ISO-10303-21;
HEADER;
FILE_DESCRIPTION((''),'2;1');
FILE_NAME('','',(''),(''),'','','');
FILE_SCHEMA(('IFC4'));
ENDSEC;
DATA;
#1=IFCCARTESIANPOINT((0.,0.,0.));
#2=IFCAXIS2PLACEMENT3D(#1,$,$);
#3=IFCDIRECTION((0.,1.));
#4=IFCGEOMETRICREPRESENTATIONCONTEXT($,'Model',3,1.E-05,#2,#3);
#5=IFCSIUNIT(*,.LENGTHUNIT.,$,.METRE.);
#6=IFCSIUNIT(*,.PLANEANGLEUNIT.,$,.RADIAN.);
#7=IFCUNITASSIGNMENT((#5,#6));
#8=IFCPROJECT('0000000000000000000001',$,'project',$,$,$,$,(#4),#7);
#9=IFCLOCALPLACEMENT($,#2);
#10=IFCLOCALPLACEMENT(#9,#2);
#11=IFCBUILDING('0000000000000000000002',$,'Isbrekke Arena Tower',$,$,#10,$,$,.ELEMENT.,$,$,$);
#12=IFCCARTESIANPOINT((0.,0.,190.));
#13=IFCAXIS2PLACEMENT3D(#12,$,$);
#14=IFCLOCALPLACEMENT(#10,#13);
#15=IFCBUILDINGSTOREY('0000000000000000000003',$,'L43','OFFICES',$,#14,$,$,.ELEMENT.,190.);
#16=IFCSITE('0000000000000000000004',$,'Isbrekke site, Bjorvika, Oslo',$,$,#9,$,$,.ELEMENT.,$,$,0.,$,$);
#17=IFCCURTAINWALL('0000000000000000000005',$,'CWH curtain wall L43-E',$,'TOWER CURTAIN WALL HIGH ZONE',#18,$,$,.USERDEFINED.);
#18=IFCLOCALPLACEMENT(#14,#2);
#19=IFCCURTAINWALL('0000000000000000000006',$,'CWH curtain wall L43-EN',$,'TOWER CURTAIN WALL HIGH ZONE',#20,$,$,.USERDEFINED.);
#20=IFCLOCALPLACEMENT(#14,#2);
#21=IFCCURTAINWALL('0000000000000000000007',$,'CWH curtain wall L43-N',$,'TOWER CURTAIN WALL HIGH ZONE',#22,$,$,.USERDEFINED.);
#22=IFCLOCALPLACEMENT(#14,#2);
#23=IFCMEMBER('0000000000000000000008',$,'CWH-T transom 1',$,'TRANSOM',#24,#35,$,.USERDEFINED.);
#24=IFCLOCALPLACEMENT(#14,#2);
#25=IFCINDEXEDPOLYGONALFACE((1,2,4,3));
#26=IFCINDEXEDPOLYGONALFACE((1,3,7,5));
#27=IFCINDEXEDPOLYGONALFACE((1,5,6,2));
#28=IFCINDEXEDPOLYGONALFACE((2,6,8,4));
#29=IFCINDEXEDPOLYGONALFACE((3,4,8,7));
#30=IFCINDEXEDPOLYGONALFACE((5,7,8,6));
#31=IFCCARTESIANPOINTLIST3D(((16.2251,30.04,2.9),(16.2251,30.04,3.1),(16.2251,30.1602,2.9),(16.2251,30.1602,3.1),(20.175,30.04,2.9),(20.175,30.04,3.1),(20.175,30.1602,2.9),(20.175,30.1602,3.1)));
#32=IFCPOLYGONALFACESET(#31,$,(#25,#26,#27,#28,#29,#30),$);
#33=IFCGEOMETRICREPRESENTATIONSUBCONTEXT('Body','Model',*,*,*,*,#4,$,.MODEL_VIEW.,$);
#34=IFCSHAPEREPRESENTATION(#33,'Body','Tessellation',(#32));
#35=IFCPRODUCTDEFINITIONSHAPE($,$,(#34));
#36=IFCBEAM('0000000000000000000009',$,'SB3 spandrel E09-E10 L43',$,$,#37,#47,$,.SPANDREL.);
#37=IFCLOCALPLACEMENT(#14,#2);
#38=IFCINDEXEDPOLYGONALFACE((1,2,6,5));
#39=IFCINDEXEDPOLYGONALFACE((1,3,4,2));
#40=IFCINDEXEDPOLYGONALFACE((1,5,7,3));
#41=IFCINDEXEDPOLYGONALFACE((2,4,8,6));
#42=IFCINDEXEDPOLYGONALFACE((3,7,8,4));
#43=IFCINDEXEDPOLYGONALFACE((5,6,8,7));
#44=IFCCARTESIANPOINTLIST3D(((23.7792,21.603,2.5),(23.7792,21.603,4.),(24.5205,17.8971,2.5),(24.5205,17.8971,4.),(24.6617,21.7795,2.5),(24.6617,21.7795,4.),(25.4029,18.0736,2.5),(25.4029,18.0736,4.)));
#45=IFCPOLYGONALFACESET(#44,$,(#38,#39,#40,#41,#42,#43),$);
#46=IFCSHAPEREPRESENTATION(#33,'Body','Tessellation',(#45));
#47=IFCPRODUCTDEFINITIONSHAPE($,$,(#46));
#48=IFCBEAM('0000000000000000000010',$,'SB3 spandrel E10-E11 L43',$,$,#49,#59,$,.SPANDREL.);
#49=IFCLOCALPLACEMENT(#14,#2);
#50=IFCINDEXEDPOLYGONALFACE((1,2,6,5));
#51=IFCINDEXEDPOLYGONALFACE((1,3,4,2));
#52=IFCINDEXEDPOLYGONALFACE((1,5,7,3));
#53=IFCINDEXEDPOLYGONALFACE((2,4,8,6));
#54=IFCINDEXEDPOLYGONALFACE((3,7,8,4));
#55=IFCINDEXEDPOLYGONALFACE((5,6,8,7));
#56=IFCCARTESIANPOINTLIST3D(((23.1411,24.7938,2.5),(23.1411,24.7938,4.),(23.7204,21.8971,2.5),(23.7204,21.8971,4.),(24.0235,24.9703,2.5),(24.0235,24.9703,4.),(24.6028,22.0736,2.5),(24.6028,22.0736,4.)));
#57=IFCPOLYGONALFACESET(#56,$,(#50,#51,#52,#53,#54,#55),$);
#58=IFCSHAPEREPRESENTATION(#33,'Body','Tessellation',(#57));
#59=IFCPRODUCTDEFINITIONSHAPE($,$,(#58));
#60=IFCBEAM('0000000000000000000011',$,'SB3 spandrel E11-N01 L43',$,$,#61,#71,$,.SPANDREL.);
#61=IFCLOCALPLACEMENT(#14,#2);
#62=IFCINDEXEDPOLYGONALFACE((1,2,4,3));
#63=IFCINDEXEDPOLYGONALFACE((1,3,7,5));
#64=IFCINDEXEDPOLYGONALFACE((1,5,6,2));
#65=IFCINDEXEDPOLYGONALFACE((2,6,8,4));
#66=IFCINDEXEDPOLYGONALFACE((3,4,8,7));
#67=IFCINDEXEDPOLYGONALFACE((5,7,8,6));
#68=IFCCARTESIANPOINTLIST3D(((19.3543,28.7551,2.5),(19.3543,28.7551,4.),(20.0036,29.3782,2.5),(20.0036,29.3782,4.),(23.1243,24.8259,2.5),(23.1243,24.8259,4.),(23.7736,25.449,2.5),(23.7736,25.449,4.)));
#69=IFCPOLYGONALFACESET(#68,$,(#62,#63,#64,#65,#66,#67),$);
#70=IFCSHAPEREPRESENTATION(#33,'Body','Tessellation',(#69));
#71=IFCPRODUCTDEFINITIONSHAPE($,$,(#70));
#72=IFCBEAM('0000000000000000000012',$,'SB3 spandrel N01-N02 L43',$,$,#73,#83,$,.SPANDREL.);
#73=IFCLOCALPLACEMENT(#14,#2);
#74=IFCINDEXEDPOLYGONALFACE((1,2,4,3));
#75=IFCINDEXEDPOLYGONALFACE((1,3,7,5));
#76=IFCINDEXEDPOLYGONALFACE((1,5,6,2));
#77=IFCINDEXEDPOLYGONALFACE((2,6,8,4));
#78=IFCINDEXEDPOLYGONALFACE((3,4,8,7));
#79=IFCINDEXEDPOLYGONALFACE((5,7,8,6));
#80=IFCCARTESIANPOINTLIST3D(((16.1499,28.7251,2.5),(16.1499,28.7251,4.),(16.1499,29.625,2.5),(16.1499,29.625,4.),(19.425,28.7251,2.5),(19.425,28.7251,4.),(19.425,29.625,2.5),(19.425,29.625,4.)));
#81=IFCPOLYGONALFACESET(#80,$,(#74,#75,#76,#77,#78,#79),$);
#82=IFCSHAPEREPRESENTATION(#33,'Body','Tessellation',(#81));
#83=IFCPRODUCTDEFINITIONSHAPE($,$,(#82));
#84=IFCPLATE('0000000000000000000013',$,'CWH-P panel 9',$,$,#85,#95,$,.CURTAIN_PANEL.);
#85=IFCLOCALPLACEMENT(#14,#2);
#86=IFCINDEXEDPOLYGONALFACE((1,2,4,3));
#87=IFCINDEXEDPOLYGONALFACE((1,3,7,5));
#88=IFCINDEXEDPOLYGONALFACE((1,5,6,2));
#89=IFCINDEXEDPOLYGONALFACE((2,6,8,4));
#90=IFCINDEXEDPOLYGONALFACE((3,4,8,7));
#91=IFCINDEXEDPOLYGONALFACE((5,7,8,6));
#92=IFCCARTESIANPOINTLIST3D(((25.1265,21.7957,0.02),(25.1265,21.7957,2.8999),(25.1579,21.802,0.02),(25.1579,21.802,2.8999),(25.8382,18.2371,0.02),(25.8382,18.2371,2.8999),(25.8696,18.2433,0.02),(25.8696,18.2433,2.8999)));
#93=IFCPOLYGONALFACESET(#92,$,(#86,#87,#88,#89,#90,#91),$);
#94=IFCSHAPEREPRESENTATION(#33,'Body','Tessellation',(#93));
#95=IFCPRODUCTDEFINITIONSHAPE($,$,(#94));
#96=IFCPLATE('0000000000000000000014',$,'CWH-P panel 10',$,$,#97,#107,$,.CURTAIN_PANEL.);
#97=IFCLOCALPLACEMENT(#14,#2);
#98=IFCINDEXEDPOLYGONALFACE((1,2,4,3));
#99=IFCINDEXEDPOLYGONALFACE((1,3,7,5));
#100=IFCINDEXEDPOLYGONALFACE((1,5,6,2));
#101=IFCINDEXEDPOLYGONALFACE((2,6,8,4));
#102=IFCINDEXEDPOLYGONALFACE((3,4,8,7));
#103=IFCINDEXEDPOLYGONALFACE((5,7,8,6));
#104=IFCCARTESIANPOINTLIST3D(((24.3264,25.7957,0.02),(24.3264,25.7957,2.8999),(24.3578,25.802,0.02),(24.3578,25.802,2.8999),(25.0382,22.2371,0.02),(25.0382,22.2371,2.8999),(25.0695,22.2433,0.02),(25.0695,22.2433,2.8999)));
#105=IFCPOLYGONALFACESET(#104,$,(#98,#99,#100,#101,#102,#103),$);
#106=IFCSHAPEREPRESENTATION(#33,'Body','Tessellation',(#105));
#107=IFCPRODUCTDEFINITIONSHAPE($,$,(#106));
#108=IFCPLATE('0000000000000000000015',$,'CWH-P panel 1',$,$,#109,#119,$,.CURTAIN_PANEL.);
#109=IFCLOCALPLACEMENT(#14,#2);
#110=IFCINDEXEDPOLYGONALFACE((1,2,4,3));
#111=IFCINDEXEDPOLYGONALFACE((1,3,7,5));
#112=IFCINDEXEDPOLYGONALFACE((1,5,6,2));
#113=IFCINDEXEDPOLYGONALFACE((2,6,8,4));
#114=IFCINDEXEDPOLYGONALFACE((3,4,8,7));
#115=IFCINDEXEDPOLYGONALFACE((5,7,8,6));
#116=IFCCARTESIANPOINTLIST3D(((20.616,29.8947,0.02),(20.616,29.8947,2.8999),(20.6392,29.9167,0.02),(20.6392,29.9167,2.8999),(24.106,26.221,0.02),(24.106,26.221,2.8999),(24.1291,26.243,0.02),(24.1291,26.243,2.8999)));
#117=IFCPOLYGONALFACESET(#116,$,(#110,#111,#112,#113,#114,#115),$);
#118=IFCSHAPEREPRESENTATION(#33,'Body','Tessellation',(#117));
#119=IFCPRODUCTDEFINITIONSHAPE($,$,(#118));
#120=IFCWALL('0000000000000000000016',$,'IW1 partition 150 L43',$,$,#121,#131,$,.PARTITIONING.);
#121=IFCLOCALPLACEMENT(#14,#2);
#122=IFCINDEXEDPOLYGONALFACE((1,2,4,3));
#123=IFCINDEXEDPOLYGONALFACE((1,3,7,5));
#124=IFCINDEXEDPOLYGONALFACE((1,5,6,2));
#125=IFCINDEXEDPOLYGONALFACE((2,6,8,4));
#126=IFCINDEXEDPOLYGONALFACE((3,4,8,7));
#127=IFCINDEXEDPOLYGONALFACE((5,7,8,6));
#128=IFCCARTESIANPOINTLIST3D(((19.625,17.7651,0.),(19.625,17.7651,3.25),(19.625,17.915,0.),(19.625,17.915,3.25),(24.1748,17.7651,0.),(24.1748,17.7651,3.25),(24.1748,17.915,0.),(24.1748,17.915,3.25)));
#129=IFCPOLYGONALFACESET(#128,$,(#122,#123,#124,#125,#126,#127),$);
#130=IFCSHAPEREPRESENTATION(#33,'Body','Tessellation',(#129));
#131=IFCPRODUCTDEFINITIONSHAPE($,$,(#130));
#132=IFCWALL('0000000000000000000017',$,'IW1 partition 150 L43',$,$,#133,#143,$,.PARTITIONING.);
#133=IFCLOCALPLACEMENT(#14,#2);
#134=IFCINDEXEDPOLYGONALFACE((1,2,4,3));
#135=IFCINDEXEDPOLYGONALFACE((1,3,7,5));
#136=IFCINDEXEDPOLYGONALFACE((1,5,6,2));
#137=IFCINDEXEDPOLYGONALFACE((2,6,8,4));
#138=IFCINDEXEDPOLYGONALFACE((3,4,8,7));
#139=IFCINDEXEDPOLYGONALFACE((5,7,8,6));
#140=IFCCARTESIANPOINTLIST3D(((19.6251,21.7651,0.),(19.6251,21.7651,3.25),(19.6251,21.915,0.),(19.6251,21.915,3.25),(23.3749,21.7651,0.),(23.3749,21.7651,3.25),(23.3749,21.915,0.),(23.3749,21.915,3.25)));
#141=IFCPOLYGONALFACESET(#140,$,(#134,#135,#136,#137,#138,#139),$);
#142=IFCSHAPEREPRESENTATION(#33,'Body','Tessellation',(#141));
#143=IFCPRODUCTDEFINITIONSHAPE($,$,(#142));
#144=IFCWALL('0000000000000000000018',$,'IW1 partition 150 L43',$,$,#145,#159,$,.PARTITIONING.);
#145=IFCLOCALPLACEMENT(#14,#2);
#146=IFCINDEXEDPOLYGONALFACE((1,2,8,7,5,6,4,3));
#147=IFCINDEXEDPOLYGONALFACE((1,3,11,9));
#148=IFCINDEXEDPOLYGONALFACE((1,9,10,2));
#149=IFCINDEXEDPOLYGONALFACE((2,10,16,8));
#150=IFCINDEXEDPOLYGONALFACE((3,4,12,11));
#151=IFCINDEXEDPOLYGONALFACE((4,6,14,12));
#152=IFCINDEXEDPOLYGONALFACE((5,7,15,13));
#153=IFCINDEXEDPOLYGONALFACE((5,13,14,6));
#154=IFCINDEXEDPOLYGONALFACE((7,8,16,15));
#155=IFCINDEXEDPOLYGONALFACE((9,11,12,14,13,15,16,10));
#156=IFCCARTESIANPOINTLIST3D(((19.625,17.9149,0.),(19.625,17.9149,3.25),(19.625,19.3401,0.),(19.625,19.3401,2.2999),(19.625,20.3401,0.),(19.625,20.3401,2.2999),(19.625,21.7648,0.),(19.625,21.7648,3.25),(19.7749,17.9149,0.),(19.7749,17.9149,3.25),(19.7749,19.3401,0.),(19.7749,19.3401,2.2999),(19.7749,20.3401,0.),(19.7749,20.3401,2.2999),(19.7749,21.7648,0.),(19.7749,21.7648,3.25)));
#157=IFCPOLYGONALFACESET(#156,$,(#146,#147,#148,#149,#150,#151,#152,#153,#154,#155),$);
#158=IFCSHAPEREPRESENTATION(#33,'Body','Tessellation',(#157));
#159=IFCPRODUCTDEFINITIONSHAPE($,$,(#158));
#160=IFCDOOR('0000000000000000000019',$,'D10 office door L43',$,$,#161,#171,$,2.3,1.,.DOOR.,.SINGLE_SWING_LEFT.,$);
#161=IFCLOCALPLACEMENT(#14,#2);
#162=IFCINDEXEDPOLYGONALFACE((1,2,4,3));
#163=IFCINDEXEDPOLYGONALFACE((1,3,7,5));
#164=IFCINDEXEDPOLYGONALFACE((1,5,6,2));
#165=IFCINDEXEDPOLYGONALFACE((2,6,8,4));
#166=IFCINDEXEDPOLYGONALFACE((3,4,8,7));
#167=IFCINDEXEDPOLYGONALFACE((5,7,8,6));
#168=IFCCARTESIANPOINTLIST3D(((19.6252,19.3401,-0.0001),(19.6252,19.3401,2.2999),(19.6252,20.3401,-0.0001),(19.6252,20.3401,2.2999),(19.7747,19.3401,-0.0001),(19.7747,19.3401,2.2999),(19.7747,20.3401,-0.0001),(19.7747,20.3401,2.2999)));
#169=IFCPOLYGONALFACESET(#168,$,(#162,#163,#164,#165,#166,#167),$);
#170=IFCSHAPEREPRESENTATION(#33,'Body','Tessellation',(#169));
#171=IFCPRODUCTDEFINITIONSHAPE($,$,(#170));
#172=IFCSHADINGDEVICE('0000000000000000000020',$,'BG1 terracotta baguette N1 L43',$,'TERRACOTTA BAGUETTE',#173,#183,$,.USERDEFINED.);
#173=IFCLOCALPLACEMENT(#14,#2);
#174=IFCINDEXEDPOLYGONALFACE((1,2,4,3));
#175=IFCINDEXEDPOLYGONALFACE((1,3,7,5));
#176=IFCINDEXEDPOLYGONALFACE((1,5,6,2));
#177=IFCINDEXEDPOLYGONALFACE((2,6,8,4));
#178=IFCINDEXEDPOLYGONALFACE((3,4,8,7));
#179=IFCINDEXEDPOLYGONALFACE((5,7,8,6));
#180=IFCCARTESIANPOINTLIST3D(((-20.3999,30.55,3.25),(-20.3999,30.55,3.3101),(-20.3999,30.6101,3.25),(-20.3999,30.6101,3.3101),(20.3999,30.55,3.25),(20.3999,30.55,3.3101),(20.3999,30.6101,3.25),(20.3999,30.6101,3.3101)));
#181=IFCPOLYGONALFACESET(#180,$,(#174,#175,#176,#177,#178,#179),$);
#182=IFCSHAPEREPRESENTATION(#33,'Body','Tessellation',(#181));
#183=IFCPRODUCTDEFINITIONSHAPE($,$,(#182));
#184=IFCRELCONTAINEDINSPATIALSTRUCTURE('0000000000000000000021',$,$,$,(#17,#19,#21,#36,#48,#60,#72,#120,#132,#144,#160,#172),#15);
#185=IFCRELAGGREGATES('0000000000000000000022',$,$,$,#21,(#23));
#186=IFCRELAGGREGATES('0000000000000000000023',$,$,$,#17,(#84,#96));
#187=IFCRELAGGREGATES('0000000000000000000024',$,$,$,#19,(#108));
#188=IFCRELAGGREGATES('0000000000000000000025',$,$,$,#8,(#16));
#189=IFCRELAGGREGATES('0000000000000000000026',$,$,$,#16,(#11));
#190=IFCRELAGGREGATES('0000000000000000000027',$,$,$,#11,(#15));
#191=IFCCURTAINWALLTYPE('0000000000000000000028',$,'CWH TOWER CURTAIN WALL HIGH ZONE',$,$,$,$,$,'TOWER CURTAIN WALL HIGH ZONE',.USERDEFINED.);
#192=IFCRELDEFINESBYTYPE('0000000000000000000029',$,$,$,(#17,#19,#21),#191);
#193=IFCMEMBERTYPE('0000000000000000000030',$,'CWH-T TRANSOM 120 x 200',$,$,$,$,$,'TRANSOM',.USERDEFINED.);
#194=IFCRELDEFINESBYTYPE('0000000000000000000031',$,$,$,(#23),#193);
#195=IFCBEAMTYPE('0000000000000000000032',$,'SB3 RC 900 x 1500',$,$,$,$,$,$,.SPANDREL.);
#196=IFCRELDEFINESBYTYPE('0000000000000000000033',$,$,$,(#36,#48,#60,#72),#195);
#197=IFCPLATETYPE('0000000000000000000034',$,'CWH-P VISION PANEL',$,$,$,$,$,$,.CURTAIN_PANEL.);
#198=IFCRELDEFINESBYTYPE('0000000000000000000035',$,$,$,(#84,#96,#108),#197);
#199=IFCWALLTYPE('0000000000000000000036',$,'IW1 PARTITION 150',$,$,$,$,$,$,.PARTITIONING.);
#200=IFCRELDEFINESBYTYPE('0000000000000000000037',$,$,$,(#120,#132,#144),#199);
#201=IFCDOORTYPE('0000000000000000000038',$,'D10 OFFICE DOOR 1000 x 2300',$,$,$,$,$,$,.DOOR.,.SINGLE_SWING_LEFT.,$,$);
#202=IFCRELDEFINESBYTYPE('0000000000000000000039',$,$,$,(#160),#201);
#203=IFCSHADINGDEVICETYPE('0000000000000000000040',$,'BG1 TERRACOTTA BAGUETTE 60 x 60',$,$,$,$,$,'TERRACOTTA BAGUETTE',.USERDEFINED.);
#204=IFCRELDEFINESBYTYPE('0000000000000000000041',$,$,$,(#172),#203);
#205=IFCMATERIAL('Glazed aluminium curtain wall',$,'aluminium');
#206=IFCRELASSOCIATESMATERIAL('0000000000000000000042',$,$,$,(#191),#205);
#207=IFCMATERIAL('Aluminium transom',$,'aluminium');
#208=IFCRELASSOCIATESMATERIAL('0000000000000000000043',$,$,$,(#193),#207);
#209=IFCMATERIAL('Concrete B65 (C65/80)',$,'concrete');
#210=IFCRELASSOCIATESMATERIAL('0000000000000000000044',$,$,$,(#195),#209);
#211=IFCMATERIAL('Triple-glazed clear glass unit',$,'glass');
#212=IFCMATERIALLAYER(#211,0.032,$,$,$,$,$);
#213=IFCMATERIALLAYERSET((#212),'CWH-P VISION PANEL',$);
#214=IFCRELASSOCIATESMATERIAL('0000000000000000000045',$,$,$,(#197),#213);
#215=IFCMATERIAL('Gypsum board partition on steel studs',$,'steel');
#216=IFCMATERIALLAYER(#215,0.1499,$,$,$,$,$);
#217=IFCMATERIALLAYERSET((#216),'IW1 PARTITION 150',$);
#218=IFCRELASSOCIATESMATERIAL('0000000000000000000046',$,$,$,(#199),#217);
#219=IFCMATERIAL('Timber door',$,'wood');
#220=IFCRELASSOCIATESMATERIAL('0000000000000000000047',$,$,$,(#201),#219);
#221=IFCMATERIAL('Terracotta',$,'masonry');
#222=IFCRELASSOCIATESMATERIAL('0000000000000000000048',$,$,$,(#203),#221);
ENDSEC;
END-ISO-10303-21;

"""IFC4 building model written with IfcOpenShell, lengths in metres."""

from ifc_helpers import new_model, si_unit, direction, frame, frame_2d, origin, origin_2d, place, context, subcontext, project, spatial, rectangle, extrude, material, layer, layer_set, material_profile, profile_set, type_object, element, fill, aggregate, save


model = new_model("IFC4")

# Units and contexts
model_context = context("Model", 3, precision=1e-05, world=origin(), true_north=direction((0.0, 1.0)))
body_context = subcontext(model_context, "Body", "Model", "MODEL_VIEW")
ifc_project = project(units=[si_unit("LENGTHUNIT", "METRE"), si_unit("PLANEANGLEUNIT", "RADIAN")], contexts=[model_context])

# Site, building, storey
site_placement = place(None, origin())
site = spatial("IfcSite", under=ifc_project, at=site_placement, Name="Isbrekke site, Bjorvika, Oslo", CompositionType="ELEMENT", RefElevation=0.0)
building_placement = place(site_placement, origin())
building = spatial("IfcBuilding", under=site, at=building_placement, Name="Isbrekke Arena Tower", CompositionType="ELEMENT")
storey_placement = place(building_placement, frame((0.0, 0.0, 190.0)))
storey = spatial("IfcBuildingStorey", under=building, at=storey_placement, Name="L43", Description="OFFICES", CompositionType="ELEMENT", Elevation=190.0)

# Curtain wall
ifc_material_1 = material(Name="Glazed aluminium curtain wall", Category="aluminium")
curtain_wall_type = type_object("IfcCurtainWallType", Name="CWH TOWER CURTAIN WALL HIGH ZONE", ElementType="TOWER CURTAIN WALL HIGH ZONE", PredefinedType="USERDEFINED", material=ifc_material_1)
curtain_wall_1_placement = place(storey_placement, origin())
curtain_wall_1 = element("IfcCurtainWall", 1, at=curtain_wall_1_placement, inside=storey, type_object=curtain_wall_type, Name="CWH curtain wall L43-E", ObjectType="TOWER CURTAIN WALL HIGH ZONE", PredefinedType="USERDEFINED")

# Curtain wall
curtain_wall_2_placement = place(storey_placement, origin())
curtain_wall_2 = element("IfcCurtainWall", 2, at=curtain_wall_2_placement, inside=storey, type_object=curtain_wall_type, Name="CWH curtain wall L43-EN", ObjectType="TOWER CURTAIN WALL HIGH ZONE", PredefinedType="USERDEFINED")

# Shared definitions
ifc_material_2 = material(Name="Aluminium transom", Category="aluminium")
ifc_material_profile_1 = material_profile(ifc_material_2, rectangle(XDim=0.1201, YDim=0.2, at=origin_2d()), Name="TRANSOM 120X200")
ifc_profile_set_1 = profile_set([ifc_material_profile_1], Name="Aluminium transom")
member_type_1 = type_object("IfcMemberType", Name="CWH-T TRANSOM 120 x 200", ElementType="TRANSOM", PredefinedType="USERDEFINED", material=ifc_profile_set_1)

# Curtain wall, member
curtain_wall_3_placement = place(storey_placement, origin())
curtain_wall_3 = element("IfcCurtainWall", 3, at=curtain_wall_3_placement, inside=storey, type_object=curtain_wall_type, Name="CWH curtain wall L43-N", ObjectType="TOWER CURTAIN WALL HIGH ZONE", PredefinedType="USERDEFINED")
member_1_placement = place(storey_placement, frame((20.175, 30.1001, 3.0), z_axis=(-1.0, 0.0, 0.0), x_axis=(0.0, -1.0, 0.0)))
member_1 = element("IfcMember", 4, at=member_1_placement, type_object=member_type_1, Name="CWH-T transom 1", ObjectType="TRANSOM", PredefinedType="USERDEFINED", context=body_context, shape_type="SweptSolid", body=[
    extrude(rectangle(XDim=0.1201, YDim=0.2, at=origin_2d()), origin(), (0.0, 0.0, 1.0), 3.95),
])
aggregate(curtain_wall_3, [member_1])

# Beams
ifc_material_3 = material(Name="Concrete B65 (C65/80)", Category="concrete")
ifc_material_profile_2 = material_profile(ifc_material_3, rectangle(XDim=0.8999, YDim=1.5, at=origin_2d()), Name="RC 900x1500")
ifc_profile_set_2 = profile_set([ifc_material_profile_2], Name="Concrete B65 (C65/80)")
beam_type_1 = type_object("IfcBeamType", Name="SB3 RC 900 x 1500", PredefinedType="SPANDREL", material=ifc_profile_set_2)
beam_1_placement = place(storey_placement, frame((24.9617, 17.9854, 3.25), z_axis=(-0.196129, 0.980578, 0.0), x_axis=(-0.980578, -0.196129, 0.0)))
element("IfcBeam", 5, at=beam_1_placement, inside=storey, type_object=beam_type_1, Name="SB3 spandrel E09-E10 L43", PredefinedType="SPANDREL", context=body_context, shape_type="SweptSolid", body=[
    extrude(rectangle(XDim=0.8999, YDim=1.5, at=origin_2d()), origin(), (0.0, 0.0, 1.0), 3.7793),
])
beam_2_placement = place(storey_placement, frame((24.1616, 21.9854, 3.25), z_axis=(-0.196116, 0.980581, 0.0), x_axis=(-0.980581, -0.196116, 0.0)))
element("IfcBeam", 6, at=beam_2_placement, inside=storey, type_object=beam_type_1, Name="SB3 spandrel E10-E11 L43", PredefinedType="SPANDREL", context=body_context, shape_type="SweptSolid", body=[
    extrude(rectangle(XDim=0.8999, YDim=1.5, at=origin_2d()), origin(), (0.0, 0.0, 1.0), 2.9541),
])
beam_3_placement = place(storey_placement, frame((23.449, 25.1375, 3.25), z_axis=(-0.69234, 0.721572, 0.0), x_axis=(-0.721572, -0.69234, 0.0)))
element("IfcBeam", 7, at=beam_3_placement, inside=storey, type_object=beam_type_1, Name="SB3 spandrel E11-N01 L43", PredefinedType="SPANDREL", context=body_context, shape_type="SweptSolid", body=[
    extrude(rectangle(XDim=0.8999, YDim=1.5, at=origin_2d()), origin(), (0.0, 0.0, 1.0), 5.4453),
])
beam_4_placement = place(storey_placement, frame((19.425, 29.175, 3.25), z_axis=(-1.0, 0.0, 0.0), x_axis=(0.0, -1.0, 0.0)))
element("IfcBeam", 8, at=beam_4_placement, inside=storey, type_object=beam_type_1, Name="SB3 spandrel N01-N02 L43", PredefinedType="SPANDREL", context=body_context, shape_type="SweptSolid", body=[
    extrude(rectangle(XDim=0.8999, YDim=1.5, at=origin_2d()), origin(), (0.0, 0.0, 1.0), 3.2751),
])

# Plates
ifc_material_4 = material(Name="Triple-glazed clear glass unit", Category="glass")
ifc_layer_1 = layer(ifc_material_4, 0.032)
ifc_layer_set_1 = layer_set([ifc_layer_1], Name="CWH-P VISION PANEL")
plate_type = type_object("IfcPlateType", Name="CWH-P VISION PANEL", PredefinedType="CURTAIN_PANEL", material=ifc_layer_set_1)
plate_1_placement = place(storey_placement, frame((25.498, 20.0195, 0.02), z_axis=(0.0, 0.0, 1.0), x_axis=(-0.196116, 0.980581, 0.0)))
plate_1 = element("IfcPlate", 9, at=plate_1_placement, type_object=plate_type, Name="CWH-P panel 9", PredefinedType="CURTAIN_PANEL", context=body_context, shape_type="SweptSolid", body=[
    extrude(rectangle(XDim=3.6292, YDim=0.032, at=origin_2d()), origin(), (0.0, 0.0, 1.0), 2.8799),
])
plate_2_placement = place(storey_placement, frame((24.698, 24.0195, 0.02), z_axis=(0.0, 0.0, 1.0), x_axis=(-0.196116, 0.980581, 0.0)))
plate_2 = element("IfcPlate", 10, at=plate_2_placement, type_object=plate_type, Name="CWH-P panel 10", PredefinedType="CURTAIN_PANEL", context=body_context, shape_type="SweptSolid", body=[
    extrude(rectangle(XDim=3.6292, YDim=0.032, at=origin_2d()), origin(), (0.0, 0.0, 1.0), 2.8799),
])
aggregate(curtain_wall_1, [plate_1, plate_2])
plate_3_placement = place(storey_placement, frame((22.3726, 28.0688, 0.02), z_axis=(0.0, 0.0, 1.0), x_axis=(-0.688749, 0.724999, 0.0)))
plate_3 = element("IfcPlate", 11, at=plate_3_placement, type_object=plate_type, Name="CWH-P panel 1", PredefinedType="CURTAIN_PANEL", context=body_context, shape_type="SweptSolid", body=[
    extrude(rectangle(XDim=5.0671, YDim=0.032, at=origin_2d()), origin(), (0.0, 0.0, 1.0), 2.8799),
])
aggregate(curtain_wall_2, [plate_3])

# Walls
ifc_material_5 = material(Name="Gypsum board partition on steel studs", Category="steel")
ifc_layer_2 = layer(ifc_material_5, 0.1499)
ifc_layer_set_2 = layer_set([ifc_layer_2], Name="IW1 PARTITION 150")
wall_type = type_object("IfcWallType", Name="IW1 PARTITION 150", PredefinedType="PARTITIONING", material=ifc_layer_set_2)
wall_1_placement = place(storey_placement, frame((19.625, 17.8401, 0.0), z_axis=(0.0, 0.0, 1.0), x_axis=(1.0, 0.0, 0.0)))
element("IfcWall", 12, at=wall_1_placement, inside=storey, type_object=wall_type, Name="IW1 partition 150 L43", PredefinedType="PARTITIONING", context=body_context, shape_type="SweptSolid", body=[
    extrude(rectangle(XDim=4.5498, YDim=0.1499, at=frame_2d((2.2749, 0.0))), origin(), (0.0, 0.0, 1.0), 3.25),
])
wall_2_placement = place(storey_placement, frame((19.625, 21.8401, 0.0), z_axis=(0.0, 0.0, 1.0), x_axis=(1.0, 0.0, 0.0)))
element("IfcWall", 13, at=wall_2_placement, inside=storey, type_object=wall_type, Name="IW1 partition 150 L43", PredefinedType="PARTITIONING", context=body_context, shape_type="SweptSolid", body=[
    extrude(rectangle(XDim=3.7498, YDim=0.1499, at=frame_2d((1.875, 0.0))), origin(), (0.0, 0.0, 1.0), 3.25),
])

# Wall, opening, door
wall_3_placement = place(storey_placement, frame((19.7, 17.915, 0.0), z_axis=(0.0, 0.0, 1.0), x_axis=(0.0, 1.0, 0.0)))
wall_3 = element("IfcWall", 14, at=wall_3_placement, inside=storey, type_object=wall_type, Name="IW1 partition 150 L43", PredefinedType="PARTITIONING", context=body_context, shape_type="SweptSolid", body=[
    extrude(rectangle(XDim=3.8499, YDim=0.1499, at=frame_2d((1.9248, 0.0))), origin(), (0.0, 0.0, 1.0), 3.25),
])
opening_placement = place(wall_3_placement, frame((1.425, 0.0, 0.0)))
opening = element("IfcOpeningElement", 15, at=opening_placement, cuts=wall_3, PredefinedType="OPENING", context=body_context, shape_type="SweptSolid", body=[
    extrude(rectangle(XDim=1.0, YDim=2.3, at=frame_2d((0.5, 1.1499))), frame((0.0, 0.0898, 0.0), z_axis=(0.0, -1.0, 0.0), x_axis=(1.0, 0.0, 0.0)), (0.0, 0.0, 1.0), 0.1797),
])
ifc_material_6 = material(Name="Timber door", Category="wood")
door_type = type_object("IfcDoorType", Name="D10 OFFICE DOOR 1000 x 2300", OperationType="SINGLE_SWING_LEFT", PredefinedType="DOOR", material=ifc_material_6)
door_placement = place(opening_placement, origin())
door = element("IfcDoor", 16, at=door_placement, inside=storey, type_object=door_type, Name="D10 office door L43", OperationType="SINGLE_SWING_LEFT", OverallHeight=2.3, OverallWidth=1.0, PredefinedType="DOOR", context=body_context, shape_type="SweptSolid", body=[
    extrude(rectangle(XDim=1.0, YDim=2.3, at=frame_2d((0.5, 1.1499))), frame((0.0, 0.0747, 0.0), z_axis=(0.0, -1.0, 0.0), x_axis=(1.0, 0.0, 0.0)), (0.0, 0.0, 1.0), 0.1494),
])
fill(opening, door)

# Shading device
ifc_material_7 = material(Name="Terracotta", Category="masonry")
ifc_material_profile_3 = material_profile(ifc_material_7, rectangle(XDim=0.0601, YDim=0.0601, at=origin_2d()), Name="BAGUETTE 60X60")
ifc_profile_set_3 = profile_set([ifc_material_profile_3], Name="Terracotta")
shading_device_type = type_object("IfcShadingDeviceType", Name="BG1 TERRACOTTA BAGUETTE 60 x 60", ElementType="TERRACOTTA BAGUETTE", PredefinedType="USERDEFINED", material=ifc_profile_set_3)
for number, where, z_axis, x_axis, name in (
    (17, (20.3999, 30.5801, 3.28), (-1.0, 0.0, 0.0), (0.0, -1.0, 0.0), "BG1 terracotta baguette N1 L43"),
):
    element("IfcShadingDevice", number, at=place(storey_placement, frame(where, z_axis=z_axis, x_axis=x_axis)), inside=storey, type_object=shading_device_type, Name=name, ObjectType="TERRACOTTA BAGUETTE", PredefinedType="USERDEFINED", context=body_context, shape_type="SweptSolid", body=[
        extrude(rectangle(XDim=0.0601, YDim=0.0601, at=origin_2d()), origin(), (0.0, 0.0, 1.0), 40.7998),
    ])

save(model, "model.ifc")
